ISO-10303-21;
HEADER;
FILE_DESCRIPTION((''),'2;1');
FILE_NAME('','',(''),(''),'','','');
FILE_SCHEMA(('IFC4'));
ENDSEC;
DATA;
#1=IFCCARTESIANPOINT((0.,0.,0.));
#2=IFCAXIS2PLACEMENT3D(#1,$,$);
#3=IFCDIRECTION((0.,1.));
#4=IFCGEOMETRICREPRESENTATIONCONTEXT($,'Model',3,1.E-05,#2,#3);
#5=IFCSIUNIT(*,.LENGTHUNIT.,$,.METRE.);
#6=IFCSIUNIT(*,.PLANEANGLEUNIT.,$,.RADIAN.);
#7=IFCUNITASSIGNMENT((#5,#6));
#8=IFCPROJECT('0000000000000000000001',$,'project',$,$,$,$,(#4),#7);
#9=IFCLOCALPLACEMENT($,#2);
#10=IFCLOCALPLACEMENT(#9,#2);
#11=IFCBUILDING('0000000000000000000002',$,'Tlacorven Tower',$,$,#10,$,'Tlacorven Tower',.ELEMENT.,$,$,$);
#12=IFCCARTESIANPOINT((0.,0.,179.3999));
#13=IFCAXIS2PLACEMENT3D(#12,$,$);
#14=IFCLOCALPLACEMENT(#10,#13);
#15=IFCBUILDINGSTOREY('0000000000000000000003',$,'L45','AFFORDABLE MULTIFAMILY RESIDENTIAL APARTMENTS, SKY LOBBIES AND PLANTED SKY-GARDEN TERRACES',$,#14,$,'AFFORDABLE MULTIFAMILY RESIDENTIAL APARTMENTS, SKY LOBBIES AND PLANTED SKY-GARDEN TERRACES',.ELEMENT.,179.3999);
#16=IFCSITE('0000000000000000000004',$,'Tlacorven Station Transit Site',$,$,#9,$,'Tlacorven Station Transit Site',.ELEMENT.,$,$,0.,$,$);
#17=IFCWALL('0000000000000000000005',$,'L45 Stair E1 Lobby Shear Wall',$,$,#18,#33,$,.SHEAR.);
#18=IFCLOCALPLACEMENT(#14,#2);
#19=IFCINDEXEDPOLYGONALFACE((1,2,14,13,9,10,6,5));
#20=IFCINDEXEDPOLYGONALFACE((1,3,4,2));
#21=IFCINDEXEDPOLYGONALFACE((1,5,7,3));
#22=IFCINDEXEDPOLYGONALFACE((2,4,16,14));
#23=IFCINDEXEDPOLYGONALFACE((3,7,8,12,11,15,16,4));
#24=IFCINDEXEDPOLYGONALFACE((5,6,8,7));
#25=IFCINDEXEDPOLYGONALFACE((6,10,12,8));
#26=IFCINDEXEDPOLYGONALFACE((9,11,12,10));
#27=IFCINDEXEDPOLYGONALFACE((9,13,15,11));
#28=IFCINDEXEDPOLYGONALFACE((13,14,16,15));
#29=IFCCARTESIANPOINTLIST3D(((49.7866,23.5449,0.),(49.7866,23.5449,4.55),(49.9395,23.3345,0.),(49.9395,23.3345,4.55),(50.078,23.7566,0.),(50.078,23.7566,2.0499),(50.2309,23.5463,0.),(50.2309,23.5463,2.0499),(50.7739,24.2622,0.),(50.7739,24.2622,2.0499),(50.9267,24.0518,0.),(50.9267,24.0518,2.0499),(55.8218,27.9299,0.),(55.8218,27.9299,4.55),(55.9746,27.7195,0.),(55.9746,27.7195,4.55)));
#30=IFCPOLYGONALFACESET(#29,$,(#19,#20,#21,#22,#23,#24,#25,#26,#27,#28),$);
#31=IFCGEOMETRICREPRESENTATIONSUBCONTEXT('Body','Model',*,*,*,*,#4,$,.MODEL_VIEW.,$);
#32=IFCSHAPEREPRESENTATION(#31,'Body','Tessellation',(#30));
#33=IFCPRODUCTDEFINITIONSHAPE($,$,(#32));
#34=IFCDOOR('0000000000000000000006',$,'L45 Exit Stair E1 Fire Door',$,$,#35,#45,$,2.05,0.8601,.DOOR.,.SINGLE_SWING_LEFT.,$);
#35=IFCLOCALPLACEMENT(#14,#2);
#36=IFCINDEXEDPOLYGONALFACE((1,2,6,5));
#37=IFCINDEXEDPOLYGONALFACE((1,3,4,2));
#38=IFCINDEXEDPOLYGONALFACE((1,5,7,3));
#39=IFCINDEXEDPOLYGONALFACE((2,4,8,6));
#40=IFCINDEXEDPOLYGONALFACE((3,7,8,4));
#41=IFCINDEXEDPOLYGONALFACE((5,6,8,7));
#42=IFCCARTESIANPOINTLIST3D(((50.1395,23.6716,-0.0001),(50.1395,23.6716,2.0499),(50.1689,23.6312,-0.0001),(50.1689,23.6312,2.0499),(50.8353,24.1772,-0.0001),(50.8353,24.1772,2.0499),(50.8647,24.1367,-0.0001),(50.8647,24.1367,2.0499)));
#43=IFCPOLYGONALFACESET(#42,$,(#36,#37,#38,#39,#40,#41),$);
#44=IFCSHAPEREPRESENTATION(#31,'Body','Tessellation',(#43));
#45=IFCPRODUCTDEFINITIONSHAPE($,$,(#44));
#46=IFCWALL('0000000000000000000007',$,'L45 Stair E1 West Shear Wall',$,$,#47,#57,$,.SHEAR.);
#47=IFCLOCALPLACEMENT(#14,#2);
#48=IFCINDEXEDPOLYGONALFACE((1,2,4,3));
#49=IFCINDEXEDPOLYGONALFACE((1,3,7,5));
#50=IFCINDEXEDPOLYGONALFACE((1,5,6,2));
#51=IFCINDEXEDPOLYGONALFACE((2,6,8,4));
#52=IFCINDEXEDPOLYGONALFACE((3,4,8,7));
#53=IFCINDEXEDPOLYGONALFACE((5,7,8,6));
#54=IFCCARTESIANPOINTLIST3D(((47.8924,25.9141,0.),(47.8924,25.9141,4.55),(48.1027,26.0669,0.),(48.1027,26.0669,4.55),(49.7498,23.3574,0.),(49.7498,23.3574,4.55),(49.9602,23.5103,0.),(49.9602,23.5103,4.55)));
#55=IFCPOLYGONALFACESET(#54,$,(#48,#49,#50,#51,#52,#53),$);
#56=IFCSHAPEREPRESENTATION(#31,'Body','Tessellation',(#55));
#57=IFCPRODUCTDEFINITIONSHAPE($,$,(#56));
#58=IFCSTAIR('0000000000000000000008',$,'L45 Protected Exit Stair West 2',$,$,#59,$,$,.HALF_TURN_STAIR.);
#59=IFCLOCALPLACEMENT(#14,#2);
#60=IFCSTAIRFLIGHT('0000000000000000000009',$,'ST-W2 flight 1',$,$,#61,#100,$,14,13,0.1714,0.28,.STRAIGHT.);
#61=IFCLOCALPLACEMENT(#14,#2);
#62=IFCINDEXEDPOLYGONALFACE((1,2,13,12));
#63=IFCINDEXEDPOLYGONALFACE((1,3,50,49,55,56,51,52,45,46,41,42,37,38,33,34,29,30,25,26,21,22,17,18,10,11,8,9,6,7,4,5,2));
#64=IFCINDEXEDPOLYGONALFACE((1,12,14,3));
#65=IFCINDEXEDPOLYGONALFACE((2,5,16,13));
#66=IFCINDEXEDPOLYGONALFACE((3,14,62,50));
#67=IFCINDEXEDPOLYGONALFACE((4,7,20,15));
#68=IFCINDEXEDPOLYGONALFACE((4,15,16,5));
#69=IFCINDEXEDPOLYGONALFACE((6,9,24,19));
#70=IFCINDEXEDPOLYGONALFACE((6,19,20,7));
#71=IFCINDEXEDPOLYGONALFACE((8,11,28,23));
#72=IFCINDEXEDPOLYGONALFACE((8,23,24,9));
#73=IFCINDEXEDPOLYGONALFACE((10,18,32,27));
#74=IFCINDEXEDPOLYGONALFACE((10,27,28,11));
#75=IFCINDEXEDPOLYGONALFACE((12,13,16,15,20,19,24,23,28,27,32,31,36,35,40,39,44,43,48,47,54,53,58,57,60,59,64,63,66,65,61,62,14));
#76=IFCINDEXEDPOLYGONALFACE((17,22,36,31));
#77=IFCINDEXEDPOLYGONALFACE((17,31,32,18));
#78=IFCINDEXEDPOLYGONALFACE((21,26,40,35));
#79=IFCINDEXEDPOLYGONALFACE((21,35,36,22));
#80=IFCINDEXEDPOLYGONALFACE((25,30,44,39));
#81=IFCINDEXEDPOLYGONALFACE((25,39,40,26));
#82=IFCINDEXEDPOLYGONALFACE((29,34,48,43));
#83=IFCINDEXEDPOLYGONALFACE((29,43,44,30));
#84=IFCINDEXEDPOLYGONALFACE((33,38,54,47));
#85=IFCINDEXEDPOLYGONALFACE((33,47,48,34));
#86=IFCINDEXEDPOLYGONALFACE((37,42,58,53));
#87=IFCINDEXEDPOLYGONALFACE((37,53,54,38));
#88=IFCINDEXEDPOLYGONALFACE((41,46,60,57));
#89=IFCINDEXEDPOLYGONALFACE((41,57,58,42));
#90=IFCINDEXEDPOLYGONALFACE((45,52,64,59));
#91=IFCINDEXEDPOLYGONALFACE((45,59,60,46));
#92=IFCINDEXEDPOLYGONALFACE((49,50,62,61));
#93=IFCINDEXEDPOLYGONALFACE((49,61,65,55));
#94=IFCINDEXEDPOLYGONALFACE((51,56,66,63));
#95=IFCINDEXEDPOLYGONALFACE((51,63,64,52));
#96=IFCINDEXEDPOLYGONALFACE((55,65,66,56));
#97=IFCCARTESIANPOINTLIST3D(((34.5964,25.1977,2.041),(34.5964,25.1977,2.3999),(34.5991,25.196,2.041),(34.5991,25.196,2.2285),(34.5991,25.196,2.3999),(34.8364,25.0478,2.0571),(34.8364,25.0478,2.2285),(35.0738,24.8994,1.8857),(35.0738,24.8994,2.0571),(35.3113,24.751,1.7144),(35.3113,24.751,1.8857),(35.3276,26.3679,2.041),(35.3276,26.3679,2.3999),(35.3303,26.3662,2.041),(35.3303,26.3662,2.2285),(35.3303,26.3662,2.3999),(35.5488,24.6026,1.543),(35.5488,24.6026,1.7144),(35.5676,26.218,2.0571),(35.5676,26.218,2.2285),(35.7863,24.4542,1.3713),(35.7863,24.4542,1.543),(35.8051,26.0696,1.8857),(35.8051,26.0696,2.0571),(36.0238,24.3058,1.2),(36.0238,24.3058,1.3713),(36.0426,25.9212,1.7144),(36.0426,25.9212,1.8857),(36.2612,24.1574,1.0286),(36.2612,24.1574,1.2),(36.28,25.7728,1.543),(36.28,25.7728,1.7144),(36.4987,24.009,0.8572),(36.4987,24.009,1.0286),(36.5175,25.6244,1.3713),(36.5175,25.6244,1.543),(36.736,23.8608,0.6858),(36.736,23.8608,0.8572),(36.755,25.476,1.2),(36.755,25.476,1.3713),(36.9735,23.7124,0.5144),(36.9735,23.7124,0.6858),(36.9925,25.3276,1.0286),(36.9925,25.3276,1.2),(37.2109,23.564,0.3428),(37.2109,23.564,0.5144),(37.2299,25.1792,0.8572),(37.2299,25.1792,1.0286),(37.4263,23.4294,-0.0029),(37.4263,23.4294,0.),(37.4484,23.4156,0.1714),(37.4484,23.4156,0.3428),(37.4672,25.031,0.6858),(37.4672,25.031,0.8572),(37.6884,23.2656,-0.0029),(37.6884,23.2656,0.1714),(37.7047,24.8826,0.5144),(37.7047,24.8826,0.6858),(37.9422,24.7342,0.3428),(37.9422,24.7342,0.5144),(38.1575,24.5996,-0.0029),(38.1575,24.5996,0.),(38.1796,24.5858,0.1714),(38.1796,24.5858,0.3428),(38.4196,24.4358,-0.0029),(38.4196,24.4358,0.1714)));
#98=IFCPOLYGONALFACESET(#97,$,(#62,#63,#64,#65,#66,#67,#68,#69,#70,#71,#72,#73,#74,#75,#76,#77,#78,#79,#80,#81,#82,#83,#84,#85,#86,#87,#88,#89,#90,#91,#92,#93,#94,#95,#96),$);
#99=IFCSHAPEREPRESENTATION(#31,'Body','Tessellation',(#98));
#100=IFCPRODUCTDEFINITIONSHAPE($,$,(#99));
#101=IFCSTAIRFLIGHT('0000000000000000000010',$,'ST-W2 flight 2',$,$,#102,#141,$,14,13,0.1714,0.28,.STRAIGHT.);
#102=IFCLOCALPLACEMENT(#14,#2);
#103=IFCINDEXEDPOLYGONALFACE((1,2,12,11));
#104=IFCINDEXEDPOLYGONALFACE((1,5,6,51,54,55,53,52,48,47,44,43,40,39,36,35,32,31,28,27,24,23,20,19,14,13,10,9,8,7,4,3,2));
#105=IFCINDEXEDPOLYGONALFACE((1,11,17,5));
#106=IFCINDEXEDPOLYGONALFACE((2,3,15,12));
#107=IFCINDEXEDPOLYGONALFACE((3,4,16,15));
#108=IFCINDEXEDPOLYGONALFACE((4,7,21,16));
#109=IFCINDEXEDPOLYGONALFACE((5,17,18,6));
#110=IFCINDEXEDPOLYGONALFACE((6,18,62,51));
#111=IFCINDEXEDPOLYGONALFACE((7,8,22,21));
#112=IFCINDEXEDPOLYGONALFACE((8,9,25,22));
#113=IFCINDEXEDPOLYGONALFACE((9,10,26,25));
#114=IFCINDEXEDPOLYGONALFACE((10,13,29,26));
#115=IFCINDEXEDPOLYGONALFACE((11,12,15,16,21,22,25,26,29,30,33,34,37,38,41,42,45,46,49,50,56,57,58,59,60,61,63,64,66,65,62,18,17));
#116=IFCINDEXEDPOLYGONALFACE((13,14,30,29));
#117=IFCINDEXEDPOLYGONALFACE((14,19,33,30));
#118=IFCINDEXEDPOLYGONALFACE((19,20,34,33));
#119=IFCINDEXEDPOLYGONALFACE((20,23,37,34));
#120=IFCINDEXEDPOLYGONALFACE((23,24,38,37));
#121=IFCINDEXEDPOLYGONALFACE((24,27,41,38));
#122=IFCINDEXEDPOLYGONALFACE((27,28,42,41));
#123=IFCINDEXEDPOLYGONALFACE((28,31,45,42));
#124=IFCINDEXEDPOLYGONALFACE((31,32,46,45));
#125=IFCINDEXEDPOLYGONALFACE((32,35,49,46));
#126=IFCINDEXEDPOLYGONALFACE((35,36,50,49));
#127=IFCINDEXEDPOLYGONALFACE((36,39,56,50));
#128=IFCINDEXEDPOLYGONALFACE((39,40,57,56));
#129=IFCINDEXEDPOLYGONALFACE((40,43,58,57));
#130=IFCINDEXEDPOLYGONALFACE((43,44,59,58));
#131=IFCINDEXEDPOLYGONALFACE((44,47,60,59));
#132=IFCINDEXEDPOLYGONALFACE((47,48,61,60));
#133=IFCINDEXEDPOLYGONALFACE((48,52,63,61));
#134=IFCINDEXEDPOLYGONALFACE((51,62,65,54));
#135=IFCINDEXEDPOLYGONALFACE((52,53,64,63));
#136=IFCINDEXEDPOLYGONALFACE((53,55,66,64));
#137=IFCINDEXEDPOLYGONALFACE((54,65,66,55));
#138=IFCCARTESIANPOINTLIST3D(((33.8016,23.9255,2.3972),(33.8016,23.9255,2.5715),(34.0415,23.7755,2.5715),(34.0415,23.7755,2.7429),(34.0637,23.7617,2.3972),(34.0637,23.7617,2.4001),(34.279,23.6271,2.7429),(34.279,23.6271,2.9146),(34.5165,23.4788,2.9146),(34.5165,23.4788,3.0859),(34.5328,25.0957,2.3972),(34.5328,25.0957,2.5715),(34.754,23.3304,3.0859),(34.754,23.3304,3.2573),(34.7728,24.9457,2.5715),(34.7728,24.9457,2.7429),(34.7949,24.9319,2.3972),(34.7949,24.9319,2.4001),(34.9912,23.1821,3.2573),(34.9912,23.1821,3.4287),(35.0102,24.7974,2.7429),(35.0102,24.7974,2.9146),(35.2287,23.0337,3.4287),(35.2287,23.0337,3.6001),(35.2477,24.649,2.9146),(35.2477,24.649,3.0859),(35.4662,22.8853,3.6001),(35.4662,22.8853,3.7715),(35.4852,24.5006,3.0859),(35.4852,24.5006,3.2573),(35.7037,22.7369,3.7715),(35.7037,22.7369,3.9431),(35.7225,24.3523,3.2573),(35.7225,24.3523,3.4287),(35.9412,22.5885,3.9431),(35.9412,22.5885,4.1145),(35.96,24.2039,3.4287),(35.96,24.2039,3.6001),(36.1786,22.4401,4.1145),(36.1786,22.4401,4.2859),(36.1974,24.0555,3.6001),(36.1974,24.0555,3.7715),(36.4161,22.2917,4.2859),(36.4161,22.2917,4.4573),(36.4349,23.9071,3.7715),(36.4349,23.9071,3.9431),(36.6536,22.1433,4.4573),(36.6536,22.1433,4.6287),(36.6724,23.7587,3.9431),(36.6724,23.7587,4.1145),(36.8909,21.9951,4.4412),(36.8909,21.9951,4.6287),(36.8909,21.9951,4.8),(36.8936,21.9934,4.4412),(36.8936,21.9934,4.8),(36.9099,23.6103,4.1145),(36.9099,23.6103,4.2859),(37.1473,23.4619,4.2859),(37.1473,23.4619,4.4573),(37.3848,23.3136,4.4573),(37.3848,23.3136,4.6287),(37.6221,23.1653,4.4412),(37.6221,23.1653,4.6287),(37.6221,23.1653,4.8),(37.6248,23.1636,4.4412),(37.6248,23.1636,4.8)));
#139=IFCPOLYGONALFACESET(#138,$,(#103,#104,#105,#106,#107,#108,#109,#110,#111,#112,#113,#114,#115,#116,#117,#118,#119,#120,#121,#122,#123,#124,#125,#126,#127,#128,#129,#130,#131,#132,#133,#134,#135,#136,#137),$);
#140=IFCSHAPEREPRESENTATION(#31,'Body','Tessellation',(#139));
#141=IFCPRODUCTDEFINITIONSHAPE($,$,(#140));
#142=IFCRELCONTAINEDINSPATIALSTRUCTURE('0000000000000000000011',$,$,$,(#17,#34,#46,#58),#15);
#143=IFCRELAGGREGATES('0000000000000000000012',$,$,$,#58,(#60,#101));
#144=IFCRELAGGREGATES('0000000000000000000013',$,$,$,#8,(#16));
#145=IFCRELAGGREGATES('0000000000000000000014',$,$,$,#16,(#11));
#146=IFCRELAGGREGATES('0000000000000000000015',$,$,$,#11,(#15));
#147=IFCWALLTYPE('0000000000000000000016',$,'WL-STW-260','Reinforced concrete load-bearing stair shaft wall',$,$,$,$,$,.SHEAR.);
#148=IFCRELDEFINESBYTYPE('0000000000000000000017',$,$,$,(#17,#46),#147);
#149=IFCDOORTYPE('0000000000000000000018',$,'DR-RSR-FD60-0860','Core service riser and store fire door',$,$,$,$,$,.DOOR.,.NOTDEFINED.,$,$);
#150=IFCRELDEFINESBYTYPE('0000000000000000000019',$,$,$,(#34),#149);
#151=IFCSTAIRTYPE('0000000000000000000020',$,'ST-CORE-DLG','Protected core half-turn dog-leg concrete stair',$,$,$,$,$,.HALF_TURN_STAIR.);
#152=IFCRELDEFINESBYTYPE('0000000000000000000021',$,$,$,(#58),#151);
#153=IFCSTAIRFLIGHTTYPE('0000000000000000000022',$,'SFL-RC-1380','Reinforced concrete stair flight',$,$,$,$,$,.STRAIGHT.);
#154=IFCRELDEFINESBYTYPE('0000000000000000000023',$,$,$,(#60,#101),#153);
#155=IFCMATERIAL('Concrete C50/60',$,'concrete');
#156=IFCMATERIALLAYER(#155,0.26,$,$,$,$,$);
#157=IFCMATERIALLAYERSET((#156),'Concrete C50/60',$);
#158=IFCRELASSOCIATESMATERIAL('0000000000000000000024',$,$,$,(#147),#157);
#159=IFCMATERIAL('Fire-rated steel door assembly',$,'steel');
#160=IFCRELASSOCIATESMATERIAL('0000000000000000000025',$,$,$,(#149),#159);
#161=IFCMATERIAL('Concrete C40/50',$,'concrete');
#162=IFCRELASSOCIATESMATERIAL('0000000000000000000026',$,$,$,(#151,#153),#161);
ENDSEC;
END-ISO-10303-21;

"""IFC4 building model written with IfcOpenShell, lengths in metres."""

from ifc_helpers import new_model, si_unit, direction, frame, frame_2d, origin, place, context, subcontext, project, spatial, polyline, rectangle, outline, extrude, source, transform, mapped, material, layer, layer_set, type_object, element, fill, aggregate, save


model = new_model("IFC4")

# Units and contexts
model_context = context("Model", 3, precision=1e-05, world=origin(), true_north=direction((0.0, 1.0)))
body_context = subcontext(model_context, "Body", "Model", "MODEL_VIEW")
ifc_project = project(units=[si_unit("LENGTHUNIT", "METRE"), si_unit("PLANEANGLEUNIT", "RADIAN")], contexts=[model_context])

# Site, building, storey
site_placement = place(None, origin())
site = spatial("IfcSite", under=ifc_project, at=site_placement, Name="Tlacorven Station Transit Site", LongName="Tlacorven Station Transit Site", CompositionType="ELEMENT", RefElevation=0.0)
building_placement = place(site_placement, origin())
building = spatial("IfcBuilding", under=site, at=building_placement, Name="Tlacorven Tower", LongName="Tlacorven Tower", CompositionType="ELEMENT")
storey_placement = place(building_placement, frame((0.0, 0.0, 179.3999)))
storey = spatial("IfcBuildingStorey", under=building, at=storey_placement, Name="L45", Description="AFFORDABLE MULTIFAMILY RESIDENTIAL APARTMENTS, SKY LOBBIES AND PLANTED SKY-GARDEN TERRACES", LongName="AFFORDABLE MULTIFAMILY RESIDENTIAL APARTMENTS, SKY LOBBIES AND PLANTED SKY-GARDEN TERRACES", CompositionType="ELEMENT", Elevation=179.3999)

# Shared definitions
ifc_material_1 = material(Name="Concrete C40/50", Category="concrete")
ifc_material_2 = material(Name="Concrete C50/60", Category="concrete")
ifc_layer_1 = layer(ifc_material_2, 0.26)
ifc_layer_set_1 = layer_set([ifc_layer_1], Name="Concrete C50/60")
wall_type_1 = type_object("IfcWallType", Name="WL-STW-260", Description="Reinforced concrete load-bearing stair shaft wall", PredefinedType="SHEAR", material=ifc_layer_set_1)

# Wall, opening, door
wall_1_placement = place(storey_placement, frame((49.863, 23.4397, 0.0), z_axis=(0.0, 0.0, 1.0), x_axis=(0.809003, 0.587804, 0.0)))
wall_1 = element("IfcWall", 1, at=wall_1_placement, inside=storey, type_object=wall_type_1, Name="L45 Stair E1 Lobby Shear Wall", PredefinedType="SHEAR", context=body_context, shape_type="SweptSolid", body=[
    extrude(rectangle(XDim=7.46, YDim=0.26, at=frame_2d((3.73, 0.0))), origin(), (0.0, 0.0, 1.0), 4.55),
])
opening_placement = place(wall_1_placement, frame((0.3601, 0.0, 0.0)))
opening = element("IfcOpeningElement", 2, at=opening_placement, cuts=wall_1, PredefinedType="OPENING", context=body_context, shape_type="SweptSolid", body=[
    extrude(rectangle(XDim=0.8601, YDim=2.05, at=frame_2d((0.4302, 1.0249))), frame((0.0, 0.1401, 0.0), z_axis=(0.0, -1.0, 0.0), x_axis=(1.0, 0.0, 0.0)), (0.0, 0.0, 1.0), 0.28),
])
ifc_material_3 = material(Name="Fire-rated steel door assembly", Category="steel")
door_type = type_object("IfcDoorType", Name="DR-RSR-FD60-0860", Description="Core service riser and store fire door", OperationType="NOTDEFINED", PredefinedType="DOOR", material=ifc_material_3)
shared_shape_1 = source(origin(), body_context, "Body", "SweptSolid", [
    extrude(rectangle(XDim=0.8601, YDim=2.05, at=frame_2d((0.4302, 1.0249))), frame((0.0, 0.0249, 0.0), z_axis=(0.0, -1.0, 0.0), x_axis=(1.0, 0.0, 0.0)), (0.0, 0.0, 1.0), 0.05),
])
door_placement = place(opening_placement, frame((0.8601, 0.0, 0.0), z_axis=(0.0, 0.0, 1.0), x_axis=(-1.0, 0.0, 0.0)))
door = element("IfcDoor", 3, at=door_placement, inside=storey, type_object=door_type, Name="L45 Exit Stair E1 Fire Door", OperationType="SINGLE_SWING_LEFT", OverallHeight=2.05, OverallWidth=0.8601, PredefinedType="DOOR", context=body_context, shape_type="MappedRepresentation", body=[
    mapped(shared_shape_1, transform((0.0, 0.0, 0.0), scale=1.0)),
])
fill(opening, door)

# Wall
wall_2_placement = place(storey_placement, frame((49.855, 23.4338, 0.0), z_axis=(0.0, 0.0, 1.0), x_axis=(-0.587767, 0.80903, 0.0)))
element("IfcWall", 4, at=wall_2_placement, inside=storey, type_object=wall_type_1, Name="L45 Stair E1 West Shear Wall", PredefinedType="SHEAR", context=body_context, shape_type="SweptSolid", body=[
    extrude(rectangle(XDim=3.1602, YDim=0.26, at=frame_2d((1.5801, 0.0))), origin(), (0.0, 0.0, 1.0), 4.55),
])

# Stair, stair flights
stair_type = type_object("IfcStairType", Name="ST-CORE-DLG", Description="Protected core half-turn dog-leg concrete stair", PredefinedType="HALF_TURN_STAIR", material=ifc_material_1)
stair_placement = place(storey_placement, origin())
stair = element("IfcStair", 5, at=stair_placement, inside=storey, type_object=stair_type, Name="L45 Protected Exit Stair West 2", PredefinedType="HALF_TURN_STAIR")
stair_flight_type = type_object("IfcStairFlightType", Name="SFL-RC-1380", Description="Reinforced concrete stair flight", PredefinedType="STRAIGHT", material=ifc_material_1)
shared_shape_2 = source(origin(), body_context, "Body", "SweptSolid", [
    extrude(outline(polyline([(-0.0029, -0.0029), (-0.0029, 0.1714), (0.28, 0.1714), (0.28, 0.3428), (0.5601, 0.3428), (0.5601, 0.5144), (0.8401, 0.5144), (0.8401, 0.6858), (1.1201, 0.6858), (1.1201, 0.8572), (1.3999, 0.8572), (1.3999, 1.0286), (1.6799, 1.0286), (1.6799, 1.2), (1.96, 1.2), (1.96, 1.3713), (2.24, 1.3713), (2.24, 1.543), (2.52, 1.543), (2.52, 1.7144), (2.8, 1.7144), (2.8, 1.8857), (3.0801, 1.8857), (3.0801, 2.0571), (3.3601, 2.0571), (3.3601, 2.2285), (3.6399, 2.2285), (3.6399, 2.3999), (3.6431, 2.3999), (3.6431, 2.041), (3.6399, 2.041), (0.3062, 0.0), (0.3062, -0.0029), (-0.0029, -0.0029)])), frame((0.0, 0.6899, 0.0), z_axis=(0.0, -1.0, 0.0), x_axis=(1.0, 0.0, 0.0)), (0.0, 0.0, 1.0), 1.3799),
])
stair_flight_1_placement = place(storey_placement, frame((38.0515, 23.8523, 0.0), z_axis=(0.0, 0.0, 1.0), x_axis=(-0.848048, 0.529919, 0.0)))
stair_flight_1 = element("IfcStairFlight", 6, at=stair_flight_1_placement, type_object=stair_flight_type, Name="ST-W2 flight 1", NumberOfRisers=14, NumberOfTreads=13, PredefinedType="STRAIGHT", RiserHeight=0.1714, TreadLength=0.28, context=body_context, shape_type="MappedRepresentation", body=[
    mapped(shared_shape_2, transform((0.0, 0.0, 0.0), scale=1.0)),
])
stair_flight_2_placement = place(storey_placement, frame((34.1697, 24.509, 2.4001), z_axis=(0.0, 0.0, 1.0), x_axis=(0.848048, -0.529919, 0.0)))
stair_flight_2 = element("IfcStairFlight", 7, at=stair_flight_2_placement, type_object=stair_flight_type, Name="ST-W2 flight 2", NumberOfRisers=14, NumberOfTreads=13, PredefinedType="STRAIGHT", RiserHeight=0.1714, TreadLength=0.28, context=body_context, shape_type="MappedRepresentation", body=[
    mapped(shared_shape_2, transform((0.0, 0.0, 0.0), scale=1.0)),
])
aggregate(stair, [stair_flight_1, stair_flight_2])

save(model, "model.ifc")
